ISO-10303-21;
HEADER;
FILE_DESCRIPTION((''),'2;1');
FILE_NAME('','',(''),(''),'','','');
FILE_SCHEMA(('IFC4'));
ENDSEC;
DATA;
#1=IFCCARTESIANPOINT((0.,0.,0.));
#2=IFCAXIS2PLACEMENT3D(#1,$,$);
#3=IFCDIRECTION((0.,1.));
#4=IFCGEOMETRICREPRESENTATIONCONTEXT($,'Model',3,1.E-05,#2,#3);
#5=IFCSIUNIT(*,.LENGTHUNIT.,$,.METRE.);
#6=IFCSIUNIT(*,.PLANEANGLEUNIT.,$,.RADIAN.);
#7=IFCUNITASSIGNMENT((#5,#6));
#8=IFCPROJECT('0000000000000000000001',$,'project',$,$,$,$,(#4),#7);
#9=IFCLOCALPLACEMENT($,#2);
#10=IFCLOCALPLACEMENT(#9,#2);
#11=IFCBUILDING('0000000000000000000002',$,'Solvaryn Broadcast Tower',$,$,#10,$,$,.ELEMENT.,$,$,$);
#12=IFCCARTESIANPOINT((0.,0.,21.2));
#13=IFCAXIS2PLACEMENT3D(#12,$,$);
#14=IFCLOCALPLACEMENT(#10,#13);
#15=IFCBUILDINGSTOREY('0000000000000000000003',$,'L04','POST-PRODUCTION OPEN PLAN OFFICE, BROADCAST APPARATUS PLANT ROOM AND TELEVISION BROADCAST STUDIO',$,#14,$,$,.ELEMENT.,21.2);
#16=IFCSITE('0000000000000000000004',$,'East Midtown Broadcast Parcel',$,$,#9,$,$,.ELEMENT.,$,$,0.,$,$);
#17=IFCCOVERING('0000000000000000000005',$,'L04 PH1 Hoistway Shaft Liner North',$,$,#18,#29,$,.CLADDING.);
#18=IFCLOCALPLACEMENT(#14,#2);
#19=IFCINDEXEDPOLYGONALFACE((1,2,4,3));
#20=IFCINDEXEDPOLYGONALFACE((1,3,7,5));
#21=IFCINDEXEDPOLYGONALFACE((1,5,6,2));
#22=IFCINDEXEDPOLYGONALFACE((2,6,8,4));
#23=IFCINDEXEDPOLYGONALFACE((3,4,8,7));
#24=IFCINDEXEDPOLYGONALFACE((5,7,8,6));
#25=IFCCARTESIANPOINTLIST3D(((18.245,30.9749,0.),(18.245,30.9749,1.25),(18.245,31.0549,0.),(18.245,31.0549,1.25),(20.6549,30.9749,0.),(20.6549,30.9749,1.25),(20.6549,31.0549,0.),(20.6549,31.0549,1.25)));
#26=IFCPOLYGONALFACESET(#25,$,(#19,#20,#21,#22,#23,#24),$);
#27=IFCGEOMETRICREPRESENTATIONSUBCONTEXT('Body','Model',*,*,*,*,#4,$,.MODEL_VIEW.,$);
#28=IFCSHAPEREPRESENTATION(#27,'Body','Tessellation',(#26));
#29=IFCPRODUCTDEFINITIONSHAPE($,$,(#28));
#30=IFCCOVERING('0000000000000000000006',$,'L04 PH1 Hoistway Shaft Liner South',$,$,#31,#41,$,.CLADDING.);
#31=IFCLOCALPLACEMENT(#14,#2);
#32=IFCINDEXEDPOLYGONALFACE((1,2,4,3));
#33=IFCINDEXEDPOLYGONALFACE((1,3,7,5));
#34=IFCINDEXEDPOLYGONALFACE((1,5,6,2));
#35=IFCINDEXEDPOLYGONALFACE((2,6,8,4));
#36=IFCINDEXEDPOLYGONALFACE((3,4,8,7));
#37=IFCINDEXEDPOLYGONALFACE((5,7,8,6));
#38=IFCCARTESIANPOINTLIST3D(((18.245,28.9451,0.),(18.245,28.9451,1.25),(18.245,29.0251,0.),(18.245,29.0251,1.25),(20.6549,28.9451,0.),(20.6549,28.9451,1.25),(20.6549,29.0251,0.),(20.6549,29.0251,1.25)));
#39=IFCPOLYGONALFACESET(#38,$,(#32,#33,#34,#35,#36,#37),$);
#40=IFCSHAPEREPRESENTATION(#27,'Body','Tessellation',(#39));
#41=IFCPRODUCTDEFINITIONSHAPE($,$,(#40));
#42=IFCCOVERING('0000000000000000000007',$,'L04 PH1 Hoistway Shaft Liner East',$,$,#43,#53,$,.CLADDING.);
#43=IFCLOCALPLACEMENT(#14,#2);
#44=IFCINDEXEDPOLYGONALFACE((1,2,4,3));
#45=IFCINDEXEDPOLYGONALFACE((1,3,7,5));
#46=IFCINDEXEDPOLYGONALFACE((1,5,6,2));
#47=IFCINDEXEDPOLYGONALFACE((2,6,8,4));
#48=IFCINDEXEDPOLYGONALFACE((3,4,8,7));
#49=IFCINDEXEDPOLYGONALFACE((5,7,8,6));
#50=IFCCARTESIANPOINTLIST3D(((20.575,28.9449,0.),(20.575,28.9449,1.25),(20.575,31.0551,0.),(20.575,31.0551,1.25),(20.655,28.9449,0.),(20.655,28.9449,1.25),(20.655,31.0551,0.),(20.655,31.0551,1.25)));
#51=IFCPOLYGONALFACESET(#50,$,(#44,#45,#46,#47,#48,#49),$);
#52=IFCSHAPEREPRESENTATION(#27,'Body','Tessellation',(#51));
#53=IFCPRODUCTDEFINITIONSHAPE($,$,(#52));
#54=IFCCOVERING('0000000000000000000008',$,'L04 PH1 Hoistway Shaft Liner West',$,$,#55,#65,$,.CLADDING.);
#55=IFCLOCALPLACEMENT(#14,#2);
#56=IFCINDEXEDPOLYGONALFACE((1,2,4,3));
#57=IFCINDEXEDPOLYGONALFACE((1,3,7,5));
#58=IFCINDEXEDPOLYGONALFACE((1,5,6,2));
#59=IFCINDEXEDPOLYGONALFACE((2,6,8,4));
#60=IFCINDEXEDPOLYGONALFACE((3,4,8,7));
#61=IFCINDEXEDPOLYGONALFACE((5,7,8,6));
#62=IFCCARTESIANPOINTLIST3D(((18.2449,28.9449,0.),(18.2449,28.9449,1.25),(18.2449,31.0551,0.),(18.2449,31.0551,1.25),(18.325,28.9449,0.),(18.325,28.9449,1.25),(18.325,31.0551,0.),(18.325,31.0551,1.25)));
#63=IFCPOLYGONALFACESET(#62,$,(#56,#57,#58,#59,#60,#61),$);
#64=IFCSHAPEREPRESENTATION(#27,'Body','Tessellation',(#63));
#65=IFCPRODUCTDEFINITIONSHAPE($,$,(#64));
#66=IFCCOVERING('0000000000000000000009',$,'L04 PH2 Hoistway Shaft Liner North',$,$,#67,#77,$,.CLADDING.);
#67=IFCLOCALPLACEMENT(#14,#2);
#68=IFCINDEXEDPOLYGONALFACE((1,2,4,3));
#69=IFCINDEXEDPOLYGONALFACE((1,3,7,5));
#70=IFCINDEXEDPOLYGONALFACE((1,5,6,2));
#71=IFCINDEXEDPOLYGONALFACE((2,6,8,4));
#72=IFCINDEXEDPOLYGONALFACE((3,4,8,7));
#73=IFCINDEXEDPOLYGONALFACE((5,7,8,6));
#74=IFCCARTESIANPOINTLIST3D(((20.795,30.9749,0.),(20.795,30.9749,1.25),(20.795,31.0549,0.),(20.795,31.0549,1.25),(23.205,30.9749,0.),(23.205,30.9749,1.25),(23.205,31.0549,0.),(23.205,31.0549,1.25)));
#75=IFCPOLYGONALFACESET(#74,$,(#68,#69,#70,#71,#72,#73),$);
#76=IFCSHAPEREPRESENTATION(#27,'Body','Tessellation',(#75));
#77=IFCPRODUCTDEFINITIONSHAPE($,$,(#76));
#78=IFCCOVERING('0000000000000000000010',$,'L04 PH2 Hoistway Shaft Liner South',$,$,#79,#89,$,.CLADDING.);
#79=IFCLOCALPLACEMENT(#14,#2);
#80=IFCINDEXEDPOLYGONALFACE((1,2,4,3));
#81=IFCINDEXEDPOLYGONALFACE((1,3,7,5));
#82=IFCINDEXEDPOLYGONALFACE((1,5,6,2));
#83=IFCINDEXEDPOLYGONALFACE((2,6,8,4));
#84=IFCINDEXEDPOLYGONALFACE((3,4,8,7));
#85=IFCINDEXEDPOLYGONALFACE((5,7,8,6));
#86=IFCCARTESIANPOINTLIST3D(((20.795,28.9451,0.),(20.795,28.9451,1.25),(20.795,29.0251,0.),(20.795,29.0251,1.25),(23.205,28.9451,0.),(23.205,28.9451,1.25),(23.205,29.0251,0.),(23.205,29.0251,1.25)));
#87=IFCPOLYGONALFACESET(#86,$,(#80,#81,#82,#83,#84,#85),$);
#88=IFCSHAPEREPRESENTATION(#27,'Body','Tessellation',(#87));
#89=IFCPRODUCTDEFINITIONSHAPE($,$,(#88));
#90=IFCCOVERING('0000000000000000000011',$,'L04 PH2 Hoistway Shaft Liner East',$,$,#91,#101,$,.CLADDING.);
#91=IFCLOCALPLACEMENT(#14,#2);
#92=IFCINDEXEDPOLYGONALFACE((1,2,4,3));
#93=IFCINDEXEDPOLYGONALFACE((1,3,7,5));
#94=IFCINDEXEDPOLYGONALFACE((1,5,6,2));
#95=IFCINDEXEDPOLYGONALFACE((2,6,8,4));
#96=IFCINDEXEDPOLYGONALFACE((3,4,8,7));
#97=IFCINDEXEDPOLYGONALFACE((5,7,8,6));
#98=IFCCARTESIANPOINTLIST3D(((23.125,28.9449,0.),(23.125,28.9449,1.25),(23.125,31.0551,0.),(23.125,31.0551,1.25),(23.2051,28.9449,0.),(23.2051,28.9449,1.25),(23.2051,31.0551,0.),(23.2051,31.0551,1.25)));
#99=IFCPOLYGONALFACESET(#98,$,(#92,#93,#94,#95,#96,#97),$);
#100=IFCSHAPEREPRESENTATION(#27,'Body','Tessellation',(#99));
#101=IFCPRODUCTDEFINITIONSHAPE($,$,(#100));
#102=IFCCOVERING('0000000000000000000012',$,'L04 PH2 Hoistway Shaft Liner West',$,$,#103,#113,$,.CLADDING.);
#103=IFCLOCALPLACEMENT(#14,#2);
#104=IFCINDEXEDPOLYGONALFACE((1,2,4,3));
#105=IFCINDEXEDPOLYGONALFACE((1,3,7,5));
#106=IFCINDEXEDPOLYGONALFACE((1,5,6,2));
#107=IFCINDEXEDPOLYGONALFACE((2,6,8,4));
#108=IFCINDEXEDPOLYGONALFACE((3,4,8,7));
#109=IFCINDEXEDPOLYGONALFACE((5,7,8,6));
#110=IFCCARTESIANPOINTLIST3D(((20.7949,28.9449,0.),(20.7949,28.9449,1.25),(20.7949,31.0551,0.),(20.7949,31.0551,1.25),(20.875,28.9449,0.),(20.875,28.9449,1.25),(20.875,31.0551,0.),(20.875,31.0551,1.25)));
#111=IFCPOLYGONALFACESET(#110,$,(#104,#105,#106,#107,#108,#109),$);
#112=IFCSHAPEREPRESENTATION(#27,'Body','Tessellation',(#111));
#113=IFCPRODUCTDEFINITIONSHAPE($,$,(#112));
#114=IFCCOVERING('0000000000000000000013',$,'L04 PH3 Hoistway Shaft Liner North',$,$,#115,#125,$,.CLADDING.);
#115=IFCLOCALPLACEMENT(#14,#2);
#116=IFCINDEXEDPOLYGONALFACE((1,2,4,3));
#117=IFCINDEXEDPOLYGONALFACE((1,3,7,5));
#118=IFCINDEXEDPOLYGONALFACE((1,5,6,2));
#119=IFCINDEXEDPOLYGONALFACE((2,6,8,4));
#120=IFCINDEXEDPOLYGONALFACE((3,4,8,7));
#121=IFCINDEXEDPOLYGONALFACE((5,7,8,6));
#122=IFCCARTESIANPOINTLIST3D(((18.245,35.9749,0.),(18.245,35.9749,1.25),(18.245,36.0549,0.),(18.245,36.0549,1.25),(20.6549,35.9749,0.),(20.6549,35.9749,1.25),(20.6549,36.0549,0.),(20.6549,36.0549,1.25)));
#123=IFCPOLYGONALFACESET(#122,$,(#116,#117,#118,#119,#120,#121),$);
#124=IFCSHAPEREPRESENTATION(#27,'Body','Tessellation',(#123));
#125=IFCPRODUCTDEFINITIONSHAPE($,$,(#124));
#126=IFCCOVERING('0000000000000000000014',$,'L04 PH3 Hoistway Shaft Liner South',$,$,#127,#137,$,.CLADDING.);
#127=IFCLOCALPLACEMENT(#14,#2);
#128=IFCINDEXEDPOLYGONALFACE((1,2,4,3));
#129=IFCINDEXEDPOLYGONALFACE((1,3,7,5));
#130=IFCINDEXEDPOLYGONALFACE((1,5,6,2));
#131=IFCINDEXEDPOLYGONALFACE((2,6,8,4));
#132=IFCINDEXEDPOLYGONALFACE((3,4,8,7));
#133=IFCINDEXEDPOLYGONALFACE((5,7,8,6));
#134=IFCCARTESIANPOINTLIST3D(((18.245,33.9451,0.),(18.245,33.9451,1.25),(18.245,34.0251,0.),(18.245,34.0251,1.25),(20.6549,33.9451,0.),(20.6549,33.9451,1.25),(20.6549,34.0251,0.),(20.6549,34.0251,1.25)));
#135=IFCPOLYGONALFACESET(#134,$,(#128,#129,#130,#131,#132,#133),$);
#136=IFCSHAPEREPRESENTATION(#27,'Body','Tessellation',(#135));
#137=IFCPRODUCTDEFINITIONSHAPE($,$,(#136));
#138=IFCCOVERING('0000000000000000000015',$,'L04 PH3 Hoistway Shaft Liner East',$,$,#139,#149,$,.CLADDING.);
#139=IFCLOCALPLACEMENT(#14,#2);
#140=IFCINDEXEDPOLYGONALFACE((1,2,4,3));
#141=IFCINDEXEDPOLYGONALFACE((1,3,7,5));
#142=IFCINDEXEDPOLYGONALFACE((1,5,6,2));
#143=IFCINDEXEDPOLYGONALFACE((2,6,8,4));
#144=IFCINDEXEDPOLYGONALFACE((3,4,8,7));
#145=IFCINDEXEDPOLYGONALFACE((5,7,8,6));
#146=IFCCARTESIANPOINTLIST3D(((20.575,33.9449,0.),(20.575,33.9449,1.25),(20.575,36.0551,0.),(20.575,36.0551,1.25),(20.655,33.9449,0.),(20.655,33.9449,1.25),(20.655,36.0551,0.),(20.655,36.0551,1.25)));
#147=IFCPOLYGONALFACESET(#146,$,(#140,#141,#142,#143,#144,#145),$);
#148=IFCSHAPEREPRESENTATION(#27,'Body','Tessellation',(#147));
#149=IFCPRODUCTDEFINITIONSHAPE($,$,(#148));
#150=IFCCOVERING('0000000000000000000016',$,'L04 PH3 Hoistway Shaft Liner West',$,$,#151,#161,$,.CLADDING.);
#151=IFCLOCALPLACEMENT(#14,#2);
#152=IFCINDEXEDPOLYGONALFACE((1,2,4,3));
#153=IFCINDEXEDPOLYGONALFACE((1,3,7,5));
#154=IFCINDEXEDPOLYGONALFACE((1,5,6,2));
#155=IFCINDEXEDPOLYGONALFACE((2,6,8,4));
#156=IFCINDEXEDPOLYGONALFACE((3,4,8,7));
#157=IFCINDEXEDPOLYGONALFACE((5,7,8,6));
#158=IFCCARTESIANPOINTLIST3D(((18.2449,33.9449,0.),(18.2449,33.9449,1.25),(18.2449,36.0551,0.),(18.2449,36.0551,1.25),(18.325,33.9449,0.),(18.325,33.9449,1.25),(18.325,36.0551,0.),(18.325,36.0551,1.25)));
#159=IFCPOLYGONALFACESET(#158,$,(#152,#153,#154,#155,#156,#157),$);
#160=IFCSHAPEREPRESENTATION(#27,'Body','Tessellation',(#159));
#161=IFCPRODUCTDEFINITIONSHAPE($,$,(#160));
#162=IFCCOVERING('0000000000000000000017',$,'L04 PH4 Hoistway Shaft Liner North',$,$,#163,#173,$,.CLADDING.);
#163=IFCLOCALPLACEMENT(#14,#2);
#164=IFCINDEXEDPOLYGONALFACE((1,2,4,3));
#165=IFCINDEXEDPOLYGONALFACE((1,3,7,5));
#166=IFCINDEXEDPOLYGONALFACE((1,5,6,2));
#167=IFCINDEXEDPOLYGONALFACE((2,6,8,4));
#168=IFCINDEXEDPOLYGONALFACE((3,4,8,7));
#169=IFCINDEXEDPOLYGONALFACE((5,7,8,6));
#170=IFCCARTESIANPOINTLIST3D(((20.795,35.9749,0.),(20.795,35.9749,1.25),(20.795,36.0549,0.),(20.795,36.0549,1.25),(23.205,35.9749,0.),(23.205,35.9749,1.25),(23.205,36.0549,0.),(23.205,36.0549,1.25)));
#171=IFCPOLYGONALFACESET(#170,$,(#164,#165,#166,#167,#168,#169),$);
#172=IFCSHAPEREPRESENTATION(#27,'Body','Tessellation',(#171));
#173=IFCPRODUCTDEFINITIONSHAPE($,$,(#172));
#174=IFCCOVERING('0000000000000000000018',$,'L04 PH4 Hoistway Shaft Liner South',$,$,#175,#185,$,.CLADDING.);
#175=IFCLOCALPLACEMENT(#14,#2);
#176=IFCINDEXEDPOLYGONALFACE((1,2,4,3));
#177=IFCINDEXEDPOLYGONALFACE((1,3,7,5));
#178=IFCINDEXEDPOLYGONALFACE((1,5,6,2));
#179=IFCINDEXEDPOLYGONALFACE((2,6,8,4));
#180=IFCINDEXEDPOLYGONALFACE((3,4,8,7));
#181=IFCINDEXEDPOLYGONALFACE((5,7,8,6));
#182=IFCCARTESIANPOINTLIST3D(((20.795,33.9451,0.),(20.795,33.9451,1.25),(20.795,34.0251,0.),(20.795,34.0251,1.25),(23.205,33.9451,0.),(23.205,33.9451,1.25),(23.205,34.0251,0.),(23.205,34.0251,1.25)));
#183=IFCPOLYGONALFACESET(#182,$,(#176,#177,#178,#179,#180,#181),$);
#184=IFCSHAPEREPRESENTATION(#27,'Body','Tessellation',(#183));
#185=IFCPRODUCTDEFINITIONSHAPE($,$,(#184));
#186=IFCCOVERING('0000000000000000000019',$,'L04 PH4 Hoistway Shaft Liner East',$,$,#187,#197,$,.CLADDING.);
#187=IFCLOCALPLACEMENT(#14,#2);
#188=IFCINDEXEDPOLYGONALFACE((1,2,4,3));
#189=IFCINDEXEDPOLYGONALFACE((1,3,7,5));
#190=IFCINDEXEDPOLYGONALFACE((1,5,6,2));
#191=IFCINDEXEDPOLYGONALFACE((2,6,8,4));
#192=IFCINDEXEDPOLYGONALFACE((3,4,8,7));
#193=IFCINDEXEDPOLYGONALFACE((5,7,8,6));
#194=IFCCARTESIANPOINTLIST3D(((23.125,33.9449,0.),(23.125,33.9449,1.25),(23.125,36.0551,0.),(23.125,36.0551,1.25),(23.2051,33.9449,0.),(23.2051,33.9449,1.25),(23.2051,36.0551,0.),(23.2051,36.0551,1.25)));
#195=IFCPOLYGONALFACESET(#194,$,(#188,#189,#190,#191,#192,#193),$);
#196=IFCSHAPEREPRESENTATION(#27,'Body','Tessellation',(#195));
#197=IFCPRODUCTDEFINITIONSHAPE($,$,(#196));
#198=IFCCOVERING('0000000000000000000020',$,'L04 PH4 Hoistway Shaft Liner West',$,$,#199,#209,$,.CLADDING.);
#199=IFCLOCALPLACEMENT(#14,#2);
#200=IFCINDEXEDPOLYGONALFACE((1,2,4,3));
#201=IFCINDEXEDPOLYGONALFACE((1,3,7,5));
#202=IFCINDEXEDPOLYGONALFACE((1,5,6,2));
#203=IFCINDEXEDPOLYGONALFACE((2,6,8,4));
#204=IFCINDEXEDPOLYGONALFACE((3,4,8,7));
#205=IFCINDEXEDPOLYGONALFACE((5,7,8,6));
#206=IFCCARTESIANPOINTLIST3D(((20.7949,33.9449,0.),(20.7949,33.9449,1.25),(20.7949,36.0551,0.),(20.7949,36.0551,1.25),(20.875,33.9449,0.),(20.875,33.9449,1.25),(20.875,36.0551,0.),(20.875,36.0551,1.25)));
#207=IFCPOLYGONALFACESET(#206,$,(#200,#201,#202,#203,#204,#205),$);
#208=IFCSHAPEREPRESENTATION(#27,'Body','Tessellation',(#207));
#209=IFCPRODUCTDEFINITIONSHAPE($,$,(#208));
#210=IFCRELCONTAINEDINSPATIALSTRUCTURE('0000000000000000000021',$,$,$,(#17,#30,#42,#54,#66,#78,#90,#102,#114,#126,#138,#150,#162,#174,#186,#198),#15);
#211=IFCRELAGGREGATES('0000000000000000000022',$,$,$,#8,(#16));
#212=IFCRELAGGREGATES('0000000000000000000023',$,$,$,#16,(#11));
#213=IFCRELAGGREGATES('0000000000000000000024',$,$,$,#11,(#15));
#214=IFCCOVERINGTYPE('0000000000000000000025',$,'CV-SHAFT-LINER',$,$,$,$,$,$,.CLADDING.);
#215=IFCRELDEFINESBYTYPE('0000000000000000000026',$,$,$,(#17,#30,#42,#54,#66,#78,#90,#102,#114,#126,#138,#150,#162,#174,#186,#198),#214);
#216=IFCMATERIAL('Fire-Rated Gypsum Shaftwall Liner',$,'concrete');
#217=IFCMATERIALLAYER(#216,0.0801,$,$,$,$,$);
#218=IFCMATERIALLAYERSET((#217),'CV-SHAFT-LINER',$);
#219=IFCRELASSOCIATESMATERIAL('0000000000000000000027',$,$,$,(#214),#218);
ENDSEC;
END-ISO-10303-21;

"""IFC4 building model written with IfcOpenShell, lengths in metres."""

from ifc_helpers import new_model, si_unit, direction, frame, origin, origin_2d, place, context, subcontext, project, spatial, rectangle, extrude, material, layer, layer_set, type_object, element, save


model = new_model("IFC4")

# Units and contexts
model_context = context("Model", 3, precision=1e-05, world=origin(), true_north=direction((0.0, 1.0)))
body_context = subcontext(model_context, "Body", "Model", "MODEL_VIEW")
ifc_project = project(units=[si_unit("LENGTHUNIT", "METRE"), si_unit("PLANEANGLEUNIT", "RADIAN")], contexts=[model_context])

# Site, building, storey
site_placement = place(None, origin())
site = spatial("IfcSite", under=ifc_project, at=site_placement, Name="East Midtown Broadcast Parcel", CompositionType="ELEMENT", RefElevation=0.0)
building_placement = place(site_placement, origin())
building = spatial("IfcBuilding", under=site, at=building_placement, Name="Solvaryn Broadcast Tower", CompositionType="ELEMENT")
storey_placement = place(building_placement, frame((0.0, 0.0, 21.2)))
storey = spatial("IfcBuildingStorey", under=building, at=storey_placement, Name="L04", Description="POST-PRODUCTION OPEN PLAN OFFICE, BROADCAST APPARATUS PLANT ROOM AND TELEVISION BROADCAST STUDIO", CompositionType="ELEMENT", Elevation=21.2)

# Coverings
ifc_material_1 = material(Name="Fire-Rated Gypsum Shaftwall Liner", Category="concrete")
ifc_layer_1 = layer(ifc_material_1, 0.0801)
ifc_layer_set_1 = layer_set([ifc_layer_1], Name="CV-SHAFT-LINER")
covering_type = type_object("IfcCoveringType", Name="CV-SHAFT-LINER", PredefinedType="CLADDING", material=ifc_layer_set_1)
for number, where, z_axis, x_axis, name in (
    (1, (19.45, 31.0149, 0.0), (0.0, 0.0, 1.0), (1.0, 0.0, 0.0), "L04 PH1 Hoistway Shaft Liner North"),
    (2, (19.45, 28.9851, 0.0), (0.0, 0.0, 1.0), (1.0, 0.0, 0.0), "L04 PH1 Hoistway Shaft Liner South"),
):
    element("IfcCovering", number, at=place(storey_placement, frame(where, z_axis=z_axis, x_axis=x_axis)), inside=storey, type_object=covering_type, Name=name, PredefinedType="CLADDING", context=body_context, shape_type="SweptSolid", body=[
        extrude(rectangle(XDim=2.4099, YDim=0.0801, at=origin_2d()), origin(), (0.0, 0.0, 1.0), 1.25),
    ])
for number, where, z_axis, x_axis, name in (
    (3, (20.615, 30.0, 0.0), (0.0, 0.0, 1.0), (1.0, 0.0, 0.0), "L04 PH1 Hoistway Shaft Liner East"),
    (4, (18.2849, 30.0, 0.0), (0.0, 0.0, 1.0), (1.0, 0.0, 0.0), "L04 PH1 Hoistway Shaft Liner West"),
):
    element("IfcCovering", number, at=place(storey_placement, frame(where, z_axis=z_axis, x_axis=x_axis)), inside=storey, type_object=covering_type, Name=name, PredefinedType="CLADDING", context=body_context, shape_type="SweptSolid", body=[
        extrude(rectangle(XDim=0.0801, YDim=2.1101, at=origin_2d()), origin(), (0.0, 0.0, 1.0), 1.25),
    ])
for number, where, z_axis, x_axis, name in (
    (5, (22.0, 31.0149, 0.0), (0.0, 0.0, 1.0), (1.0, 0.0, 0.0), "L04 PH2 Hoistway Shaft Liner North"),
    (6, (22.0, 28.9851, 0.0), (0.0, 0.0, 1.0), (1.0, 0.0, 0.0), "L04 PH2 Hoistway Shaft Liner South"),
):
    element("IfcCovering", number, at=place(storey_placement, frame(where, z_axis=z_axis, x_axis=x_axis)), inside=storey, type_object=covering_type, Name=name, PredefinedType="CLADDING", context=body_context, shape_type="SweptSolid", body=[
        extrude(rectangle(XDim=2.4099, YDim=0.0801, at=origin_2d()), origin(), (0.0, 0.0, 1.0), 1.25),
    ])
for number, where, z_axis, x_axis, name in (
    (7, (23.165, 30.0, 0.0), (0.0, 0.0, 1.0), (1.0, 0.0, 0.0), "L04 PH2 Hoistway Shaft Liner East"),
    (8, (20.835, 30.0, 0.0), (0.0, 0.0, 1.0), (1.0, 0.0, 0.0), "L04 PH2 Hoistway Shaft Liner West"),
):
    element("IfcCovering", number, at=place(storey_placement, frame(where, z_axis=z_axis, x_axis=x_axis)), inside=storey, type_object=covering_type, Name=name, PredefinedType="CLADDING", context=body_context, shape_type="SweptSolid", body=[
        extrude(rectangle(XDim=0.0801, YDim=2.1101, at=origin_2d()), origin(), (0.0, 0.0, 1.0), 1.25),
    ])
for number, where, z_axis, x_axis, name in (
    (9, (19.45, 36.0149, 0.0), (0.0, 0.0, 1.0), (1.0, 0.0, 0.0), "L04 PH3 Hoistway Shaft Liner North"),
    (10, (19.45, 33.9851, 0.0), (0.0, 0.0, 1.0), (1.0, 0.0, 0.0), "L04 PH3 Hoistway Shaft Liner South"),
):
    element("IfcCovering", number, at=place(storey_placement, frame(where, z_axis=z_axis, x_axis=x_axis)), inside=storey, type_object=covering_type, Name=name, PredefinedType="CLADDING", context=body_context, shape_type="SweptSolid", body=[
        extrude(rectangle(XDim=2.4099, YDim=0.0801, at=origin_2d()), origin(), (0.0, 0.0, 1.0), 1.25),
    ])
for number, where, z_axis, x_axis, name in (
    (11, (20.615, 35.0, 0.0), (0.0, 0.0, 1.0), (1.0, 0.0, 0.0), "L04 PH3 Hoistway Shaft Liner East"),
    (12, (18.2849, 35.0, 0.0), (0.0, 0.0, 1.0), (1.0, 0.0, 0.0), "L04 PH3 Hoistway Shaft Liner West"),
):
    element("IfcCovering", number, at=place(storey_placement, frame(where, z_axis=z_axis, x_axis=x_axis)), inside=storey, type_object=covering_type, Name=name, PredefinedType="CLADDING", context=body_context, shape_type="SweptSolid", body=[
        extrude(rectangle(XDim=0.0801, YDim=2.1101, at=origin_2d()), origin(), (0.0, 0.0, 1.0), 1.25),
    ])
for number, where, z_axis, x_axis, name in (
    (13, (22.0, 36.0149, 0.0), (0.0, 0.0, 1.0), (1.0, 0.0, 0.0), "L04 PH4 Hoistway Shaft Liner North"),
    (14, (22.0, 33.9851, 0.0), (0.0, 0.0, 1.0), (1.0, 0.0, 0.0), "L04 PH4 Hoistway Shaft Liner South"),
):
    element("IfcCovering", number, at=place(storey_placement, frame(where, z_axis=z_axis, x_axis=x_axis)), inside=storey, type_object=covering_type, Name=name, PredefinedType="CLADDING", context=body_context, shape_type="SweptSolid", body=[
        extrude(rectangle(XDim=2.4099, YDim=0.0801, at=origin_2d()), origin(), (0.0, 0.0, 1.0), 1.25),
    ])
for number, where, z_axis, x_axis, name in (
    (15, (23.165, 35.0, 0.0), (0.0, 0.0, 1.0), (1.0, 0.0, 0.0), "L04 PH4 Hoistway Shaft Liner East"),
    (16, (20.835, 35.0, 0.0), (0.0, 0.0, 1.0), (1.0, 0.0, 0.0), "L04 PH4 Hoistway Shaft Liner West"),
):
    element("IfcCovering", number, at=place(storey_placement, frame(where, z_axis=z_axis, x_axis=x_axis)), inside=storey, type_object=covering_type, Name=name, PredefinedType="CLADDING", context=body_context, shape_type="SweptSolid", body=[
        extrude(rectangle(XDim=0.0801, YDim=2.1101, at=origin_2d()), origin(), (0.0, 0.0, 1.0), 1.25),
    ])

save(model, "model.ifc")
